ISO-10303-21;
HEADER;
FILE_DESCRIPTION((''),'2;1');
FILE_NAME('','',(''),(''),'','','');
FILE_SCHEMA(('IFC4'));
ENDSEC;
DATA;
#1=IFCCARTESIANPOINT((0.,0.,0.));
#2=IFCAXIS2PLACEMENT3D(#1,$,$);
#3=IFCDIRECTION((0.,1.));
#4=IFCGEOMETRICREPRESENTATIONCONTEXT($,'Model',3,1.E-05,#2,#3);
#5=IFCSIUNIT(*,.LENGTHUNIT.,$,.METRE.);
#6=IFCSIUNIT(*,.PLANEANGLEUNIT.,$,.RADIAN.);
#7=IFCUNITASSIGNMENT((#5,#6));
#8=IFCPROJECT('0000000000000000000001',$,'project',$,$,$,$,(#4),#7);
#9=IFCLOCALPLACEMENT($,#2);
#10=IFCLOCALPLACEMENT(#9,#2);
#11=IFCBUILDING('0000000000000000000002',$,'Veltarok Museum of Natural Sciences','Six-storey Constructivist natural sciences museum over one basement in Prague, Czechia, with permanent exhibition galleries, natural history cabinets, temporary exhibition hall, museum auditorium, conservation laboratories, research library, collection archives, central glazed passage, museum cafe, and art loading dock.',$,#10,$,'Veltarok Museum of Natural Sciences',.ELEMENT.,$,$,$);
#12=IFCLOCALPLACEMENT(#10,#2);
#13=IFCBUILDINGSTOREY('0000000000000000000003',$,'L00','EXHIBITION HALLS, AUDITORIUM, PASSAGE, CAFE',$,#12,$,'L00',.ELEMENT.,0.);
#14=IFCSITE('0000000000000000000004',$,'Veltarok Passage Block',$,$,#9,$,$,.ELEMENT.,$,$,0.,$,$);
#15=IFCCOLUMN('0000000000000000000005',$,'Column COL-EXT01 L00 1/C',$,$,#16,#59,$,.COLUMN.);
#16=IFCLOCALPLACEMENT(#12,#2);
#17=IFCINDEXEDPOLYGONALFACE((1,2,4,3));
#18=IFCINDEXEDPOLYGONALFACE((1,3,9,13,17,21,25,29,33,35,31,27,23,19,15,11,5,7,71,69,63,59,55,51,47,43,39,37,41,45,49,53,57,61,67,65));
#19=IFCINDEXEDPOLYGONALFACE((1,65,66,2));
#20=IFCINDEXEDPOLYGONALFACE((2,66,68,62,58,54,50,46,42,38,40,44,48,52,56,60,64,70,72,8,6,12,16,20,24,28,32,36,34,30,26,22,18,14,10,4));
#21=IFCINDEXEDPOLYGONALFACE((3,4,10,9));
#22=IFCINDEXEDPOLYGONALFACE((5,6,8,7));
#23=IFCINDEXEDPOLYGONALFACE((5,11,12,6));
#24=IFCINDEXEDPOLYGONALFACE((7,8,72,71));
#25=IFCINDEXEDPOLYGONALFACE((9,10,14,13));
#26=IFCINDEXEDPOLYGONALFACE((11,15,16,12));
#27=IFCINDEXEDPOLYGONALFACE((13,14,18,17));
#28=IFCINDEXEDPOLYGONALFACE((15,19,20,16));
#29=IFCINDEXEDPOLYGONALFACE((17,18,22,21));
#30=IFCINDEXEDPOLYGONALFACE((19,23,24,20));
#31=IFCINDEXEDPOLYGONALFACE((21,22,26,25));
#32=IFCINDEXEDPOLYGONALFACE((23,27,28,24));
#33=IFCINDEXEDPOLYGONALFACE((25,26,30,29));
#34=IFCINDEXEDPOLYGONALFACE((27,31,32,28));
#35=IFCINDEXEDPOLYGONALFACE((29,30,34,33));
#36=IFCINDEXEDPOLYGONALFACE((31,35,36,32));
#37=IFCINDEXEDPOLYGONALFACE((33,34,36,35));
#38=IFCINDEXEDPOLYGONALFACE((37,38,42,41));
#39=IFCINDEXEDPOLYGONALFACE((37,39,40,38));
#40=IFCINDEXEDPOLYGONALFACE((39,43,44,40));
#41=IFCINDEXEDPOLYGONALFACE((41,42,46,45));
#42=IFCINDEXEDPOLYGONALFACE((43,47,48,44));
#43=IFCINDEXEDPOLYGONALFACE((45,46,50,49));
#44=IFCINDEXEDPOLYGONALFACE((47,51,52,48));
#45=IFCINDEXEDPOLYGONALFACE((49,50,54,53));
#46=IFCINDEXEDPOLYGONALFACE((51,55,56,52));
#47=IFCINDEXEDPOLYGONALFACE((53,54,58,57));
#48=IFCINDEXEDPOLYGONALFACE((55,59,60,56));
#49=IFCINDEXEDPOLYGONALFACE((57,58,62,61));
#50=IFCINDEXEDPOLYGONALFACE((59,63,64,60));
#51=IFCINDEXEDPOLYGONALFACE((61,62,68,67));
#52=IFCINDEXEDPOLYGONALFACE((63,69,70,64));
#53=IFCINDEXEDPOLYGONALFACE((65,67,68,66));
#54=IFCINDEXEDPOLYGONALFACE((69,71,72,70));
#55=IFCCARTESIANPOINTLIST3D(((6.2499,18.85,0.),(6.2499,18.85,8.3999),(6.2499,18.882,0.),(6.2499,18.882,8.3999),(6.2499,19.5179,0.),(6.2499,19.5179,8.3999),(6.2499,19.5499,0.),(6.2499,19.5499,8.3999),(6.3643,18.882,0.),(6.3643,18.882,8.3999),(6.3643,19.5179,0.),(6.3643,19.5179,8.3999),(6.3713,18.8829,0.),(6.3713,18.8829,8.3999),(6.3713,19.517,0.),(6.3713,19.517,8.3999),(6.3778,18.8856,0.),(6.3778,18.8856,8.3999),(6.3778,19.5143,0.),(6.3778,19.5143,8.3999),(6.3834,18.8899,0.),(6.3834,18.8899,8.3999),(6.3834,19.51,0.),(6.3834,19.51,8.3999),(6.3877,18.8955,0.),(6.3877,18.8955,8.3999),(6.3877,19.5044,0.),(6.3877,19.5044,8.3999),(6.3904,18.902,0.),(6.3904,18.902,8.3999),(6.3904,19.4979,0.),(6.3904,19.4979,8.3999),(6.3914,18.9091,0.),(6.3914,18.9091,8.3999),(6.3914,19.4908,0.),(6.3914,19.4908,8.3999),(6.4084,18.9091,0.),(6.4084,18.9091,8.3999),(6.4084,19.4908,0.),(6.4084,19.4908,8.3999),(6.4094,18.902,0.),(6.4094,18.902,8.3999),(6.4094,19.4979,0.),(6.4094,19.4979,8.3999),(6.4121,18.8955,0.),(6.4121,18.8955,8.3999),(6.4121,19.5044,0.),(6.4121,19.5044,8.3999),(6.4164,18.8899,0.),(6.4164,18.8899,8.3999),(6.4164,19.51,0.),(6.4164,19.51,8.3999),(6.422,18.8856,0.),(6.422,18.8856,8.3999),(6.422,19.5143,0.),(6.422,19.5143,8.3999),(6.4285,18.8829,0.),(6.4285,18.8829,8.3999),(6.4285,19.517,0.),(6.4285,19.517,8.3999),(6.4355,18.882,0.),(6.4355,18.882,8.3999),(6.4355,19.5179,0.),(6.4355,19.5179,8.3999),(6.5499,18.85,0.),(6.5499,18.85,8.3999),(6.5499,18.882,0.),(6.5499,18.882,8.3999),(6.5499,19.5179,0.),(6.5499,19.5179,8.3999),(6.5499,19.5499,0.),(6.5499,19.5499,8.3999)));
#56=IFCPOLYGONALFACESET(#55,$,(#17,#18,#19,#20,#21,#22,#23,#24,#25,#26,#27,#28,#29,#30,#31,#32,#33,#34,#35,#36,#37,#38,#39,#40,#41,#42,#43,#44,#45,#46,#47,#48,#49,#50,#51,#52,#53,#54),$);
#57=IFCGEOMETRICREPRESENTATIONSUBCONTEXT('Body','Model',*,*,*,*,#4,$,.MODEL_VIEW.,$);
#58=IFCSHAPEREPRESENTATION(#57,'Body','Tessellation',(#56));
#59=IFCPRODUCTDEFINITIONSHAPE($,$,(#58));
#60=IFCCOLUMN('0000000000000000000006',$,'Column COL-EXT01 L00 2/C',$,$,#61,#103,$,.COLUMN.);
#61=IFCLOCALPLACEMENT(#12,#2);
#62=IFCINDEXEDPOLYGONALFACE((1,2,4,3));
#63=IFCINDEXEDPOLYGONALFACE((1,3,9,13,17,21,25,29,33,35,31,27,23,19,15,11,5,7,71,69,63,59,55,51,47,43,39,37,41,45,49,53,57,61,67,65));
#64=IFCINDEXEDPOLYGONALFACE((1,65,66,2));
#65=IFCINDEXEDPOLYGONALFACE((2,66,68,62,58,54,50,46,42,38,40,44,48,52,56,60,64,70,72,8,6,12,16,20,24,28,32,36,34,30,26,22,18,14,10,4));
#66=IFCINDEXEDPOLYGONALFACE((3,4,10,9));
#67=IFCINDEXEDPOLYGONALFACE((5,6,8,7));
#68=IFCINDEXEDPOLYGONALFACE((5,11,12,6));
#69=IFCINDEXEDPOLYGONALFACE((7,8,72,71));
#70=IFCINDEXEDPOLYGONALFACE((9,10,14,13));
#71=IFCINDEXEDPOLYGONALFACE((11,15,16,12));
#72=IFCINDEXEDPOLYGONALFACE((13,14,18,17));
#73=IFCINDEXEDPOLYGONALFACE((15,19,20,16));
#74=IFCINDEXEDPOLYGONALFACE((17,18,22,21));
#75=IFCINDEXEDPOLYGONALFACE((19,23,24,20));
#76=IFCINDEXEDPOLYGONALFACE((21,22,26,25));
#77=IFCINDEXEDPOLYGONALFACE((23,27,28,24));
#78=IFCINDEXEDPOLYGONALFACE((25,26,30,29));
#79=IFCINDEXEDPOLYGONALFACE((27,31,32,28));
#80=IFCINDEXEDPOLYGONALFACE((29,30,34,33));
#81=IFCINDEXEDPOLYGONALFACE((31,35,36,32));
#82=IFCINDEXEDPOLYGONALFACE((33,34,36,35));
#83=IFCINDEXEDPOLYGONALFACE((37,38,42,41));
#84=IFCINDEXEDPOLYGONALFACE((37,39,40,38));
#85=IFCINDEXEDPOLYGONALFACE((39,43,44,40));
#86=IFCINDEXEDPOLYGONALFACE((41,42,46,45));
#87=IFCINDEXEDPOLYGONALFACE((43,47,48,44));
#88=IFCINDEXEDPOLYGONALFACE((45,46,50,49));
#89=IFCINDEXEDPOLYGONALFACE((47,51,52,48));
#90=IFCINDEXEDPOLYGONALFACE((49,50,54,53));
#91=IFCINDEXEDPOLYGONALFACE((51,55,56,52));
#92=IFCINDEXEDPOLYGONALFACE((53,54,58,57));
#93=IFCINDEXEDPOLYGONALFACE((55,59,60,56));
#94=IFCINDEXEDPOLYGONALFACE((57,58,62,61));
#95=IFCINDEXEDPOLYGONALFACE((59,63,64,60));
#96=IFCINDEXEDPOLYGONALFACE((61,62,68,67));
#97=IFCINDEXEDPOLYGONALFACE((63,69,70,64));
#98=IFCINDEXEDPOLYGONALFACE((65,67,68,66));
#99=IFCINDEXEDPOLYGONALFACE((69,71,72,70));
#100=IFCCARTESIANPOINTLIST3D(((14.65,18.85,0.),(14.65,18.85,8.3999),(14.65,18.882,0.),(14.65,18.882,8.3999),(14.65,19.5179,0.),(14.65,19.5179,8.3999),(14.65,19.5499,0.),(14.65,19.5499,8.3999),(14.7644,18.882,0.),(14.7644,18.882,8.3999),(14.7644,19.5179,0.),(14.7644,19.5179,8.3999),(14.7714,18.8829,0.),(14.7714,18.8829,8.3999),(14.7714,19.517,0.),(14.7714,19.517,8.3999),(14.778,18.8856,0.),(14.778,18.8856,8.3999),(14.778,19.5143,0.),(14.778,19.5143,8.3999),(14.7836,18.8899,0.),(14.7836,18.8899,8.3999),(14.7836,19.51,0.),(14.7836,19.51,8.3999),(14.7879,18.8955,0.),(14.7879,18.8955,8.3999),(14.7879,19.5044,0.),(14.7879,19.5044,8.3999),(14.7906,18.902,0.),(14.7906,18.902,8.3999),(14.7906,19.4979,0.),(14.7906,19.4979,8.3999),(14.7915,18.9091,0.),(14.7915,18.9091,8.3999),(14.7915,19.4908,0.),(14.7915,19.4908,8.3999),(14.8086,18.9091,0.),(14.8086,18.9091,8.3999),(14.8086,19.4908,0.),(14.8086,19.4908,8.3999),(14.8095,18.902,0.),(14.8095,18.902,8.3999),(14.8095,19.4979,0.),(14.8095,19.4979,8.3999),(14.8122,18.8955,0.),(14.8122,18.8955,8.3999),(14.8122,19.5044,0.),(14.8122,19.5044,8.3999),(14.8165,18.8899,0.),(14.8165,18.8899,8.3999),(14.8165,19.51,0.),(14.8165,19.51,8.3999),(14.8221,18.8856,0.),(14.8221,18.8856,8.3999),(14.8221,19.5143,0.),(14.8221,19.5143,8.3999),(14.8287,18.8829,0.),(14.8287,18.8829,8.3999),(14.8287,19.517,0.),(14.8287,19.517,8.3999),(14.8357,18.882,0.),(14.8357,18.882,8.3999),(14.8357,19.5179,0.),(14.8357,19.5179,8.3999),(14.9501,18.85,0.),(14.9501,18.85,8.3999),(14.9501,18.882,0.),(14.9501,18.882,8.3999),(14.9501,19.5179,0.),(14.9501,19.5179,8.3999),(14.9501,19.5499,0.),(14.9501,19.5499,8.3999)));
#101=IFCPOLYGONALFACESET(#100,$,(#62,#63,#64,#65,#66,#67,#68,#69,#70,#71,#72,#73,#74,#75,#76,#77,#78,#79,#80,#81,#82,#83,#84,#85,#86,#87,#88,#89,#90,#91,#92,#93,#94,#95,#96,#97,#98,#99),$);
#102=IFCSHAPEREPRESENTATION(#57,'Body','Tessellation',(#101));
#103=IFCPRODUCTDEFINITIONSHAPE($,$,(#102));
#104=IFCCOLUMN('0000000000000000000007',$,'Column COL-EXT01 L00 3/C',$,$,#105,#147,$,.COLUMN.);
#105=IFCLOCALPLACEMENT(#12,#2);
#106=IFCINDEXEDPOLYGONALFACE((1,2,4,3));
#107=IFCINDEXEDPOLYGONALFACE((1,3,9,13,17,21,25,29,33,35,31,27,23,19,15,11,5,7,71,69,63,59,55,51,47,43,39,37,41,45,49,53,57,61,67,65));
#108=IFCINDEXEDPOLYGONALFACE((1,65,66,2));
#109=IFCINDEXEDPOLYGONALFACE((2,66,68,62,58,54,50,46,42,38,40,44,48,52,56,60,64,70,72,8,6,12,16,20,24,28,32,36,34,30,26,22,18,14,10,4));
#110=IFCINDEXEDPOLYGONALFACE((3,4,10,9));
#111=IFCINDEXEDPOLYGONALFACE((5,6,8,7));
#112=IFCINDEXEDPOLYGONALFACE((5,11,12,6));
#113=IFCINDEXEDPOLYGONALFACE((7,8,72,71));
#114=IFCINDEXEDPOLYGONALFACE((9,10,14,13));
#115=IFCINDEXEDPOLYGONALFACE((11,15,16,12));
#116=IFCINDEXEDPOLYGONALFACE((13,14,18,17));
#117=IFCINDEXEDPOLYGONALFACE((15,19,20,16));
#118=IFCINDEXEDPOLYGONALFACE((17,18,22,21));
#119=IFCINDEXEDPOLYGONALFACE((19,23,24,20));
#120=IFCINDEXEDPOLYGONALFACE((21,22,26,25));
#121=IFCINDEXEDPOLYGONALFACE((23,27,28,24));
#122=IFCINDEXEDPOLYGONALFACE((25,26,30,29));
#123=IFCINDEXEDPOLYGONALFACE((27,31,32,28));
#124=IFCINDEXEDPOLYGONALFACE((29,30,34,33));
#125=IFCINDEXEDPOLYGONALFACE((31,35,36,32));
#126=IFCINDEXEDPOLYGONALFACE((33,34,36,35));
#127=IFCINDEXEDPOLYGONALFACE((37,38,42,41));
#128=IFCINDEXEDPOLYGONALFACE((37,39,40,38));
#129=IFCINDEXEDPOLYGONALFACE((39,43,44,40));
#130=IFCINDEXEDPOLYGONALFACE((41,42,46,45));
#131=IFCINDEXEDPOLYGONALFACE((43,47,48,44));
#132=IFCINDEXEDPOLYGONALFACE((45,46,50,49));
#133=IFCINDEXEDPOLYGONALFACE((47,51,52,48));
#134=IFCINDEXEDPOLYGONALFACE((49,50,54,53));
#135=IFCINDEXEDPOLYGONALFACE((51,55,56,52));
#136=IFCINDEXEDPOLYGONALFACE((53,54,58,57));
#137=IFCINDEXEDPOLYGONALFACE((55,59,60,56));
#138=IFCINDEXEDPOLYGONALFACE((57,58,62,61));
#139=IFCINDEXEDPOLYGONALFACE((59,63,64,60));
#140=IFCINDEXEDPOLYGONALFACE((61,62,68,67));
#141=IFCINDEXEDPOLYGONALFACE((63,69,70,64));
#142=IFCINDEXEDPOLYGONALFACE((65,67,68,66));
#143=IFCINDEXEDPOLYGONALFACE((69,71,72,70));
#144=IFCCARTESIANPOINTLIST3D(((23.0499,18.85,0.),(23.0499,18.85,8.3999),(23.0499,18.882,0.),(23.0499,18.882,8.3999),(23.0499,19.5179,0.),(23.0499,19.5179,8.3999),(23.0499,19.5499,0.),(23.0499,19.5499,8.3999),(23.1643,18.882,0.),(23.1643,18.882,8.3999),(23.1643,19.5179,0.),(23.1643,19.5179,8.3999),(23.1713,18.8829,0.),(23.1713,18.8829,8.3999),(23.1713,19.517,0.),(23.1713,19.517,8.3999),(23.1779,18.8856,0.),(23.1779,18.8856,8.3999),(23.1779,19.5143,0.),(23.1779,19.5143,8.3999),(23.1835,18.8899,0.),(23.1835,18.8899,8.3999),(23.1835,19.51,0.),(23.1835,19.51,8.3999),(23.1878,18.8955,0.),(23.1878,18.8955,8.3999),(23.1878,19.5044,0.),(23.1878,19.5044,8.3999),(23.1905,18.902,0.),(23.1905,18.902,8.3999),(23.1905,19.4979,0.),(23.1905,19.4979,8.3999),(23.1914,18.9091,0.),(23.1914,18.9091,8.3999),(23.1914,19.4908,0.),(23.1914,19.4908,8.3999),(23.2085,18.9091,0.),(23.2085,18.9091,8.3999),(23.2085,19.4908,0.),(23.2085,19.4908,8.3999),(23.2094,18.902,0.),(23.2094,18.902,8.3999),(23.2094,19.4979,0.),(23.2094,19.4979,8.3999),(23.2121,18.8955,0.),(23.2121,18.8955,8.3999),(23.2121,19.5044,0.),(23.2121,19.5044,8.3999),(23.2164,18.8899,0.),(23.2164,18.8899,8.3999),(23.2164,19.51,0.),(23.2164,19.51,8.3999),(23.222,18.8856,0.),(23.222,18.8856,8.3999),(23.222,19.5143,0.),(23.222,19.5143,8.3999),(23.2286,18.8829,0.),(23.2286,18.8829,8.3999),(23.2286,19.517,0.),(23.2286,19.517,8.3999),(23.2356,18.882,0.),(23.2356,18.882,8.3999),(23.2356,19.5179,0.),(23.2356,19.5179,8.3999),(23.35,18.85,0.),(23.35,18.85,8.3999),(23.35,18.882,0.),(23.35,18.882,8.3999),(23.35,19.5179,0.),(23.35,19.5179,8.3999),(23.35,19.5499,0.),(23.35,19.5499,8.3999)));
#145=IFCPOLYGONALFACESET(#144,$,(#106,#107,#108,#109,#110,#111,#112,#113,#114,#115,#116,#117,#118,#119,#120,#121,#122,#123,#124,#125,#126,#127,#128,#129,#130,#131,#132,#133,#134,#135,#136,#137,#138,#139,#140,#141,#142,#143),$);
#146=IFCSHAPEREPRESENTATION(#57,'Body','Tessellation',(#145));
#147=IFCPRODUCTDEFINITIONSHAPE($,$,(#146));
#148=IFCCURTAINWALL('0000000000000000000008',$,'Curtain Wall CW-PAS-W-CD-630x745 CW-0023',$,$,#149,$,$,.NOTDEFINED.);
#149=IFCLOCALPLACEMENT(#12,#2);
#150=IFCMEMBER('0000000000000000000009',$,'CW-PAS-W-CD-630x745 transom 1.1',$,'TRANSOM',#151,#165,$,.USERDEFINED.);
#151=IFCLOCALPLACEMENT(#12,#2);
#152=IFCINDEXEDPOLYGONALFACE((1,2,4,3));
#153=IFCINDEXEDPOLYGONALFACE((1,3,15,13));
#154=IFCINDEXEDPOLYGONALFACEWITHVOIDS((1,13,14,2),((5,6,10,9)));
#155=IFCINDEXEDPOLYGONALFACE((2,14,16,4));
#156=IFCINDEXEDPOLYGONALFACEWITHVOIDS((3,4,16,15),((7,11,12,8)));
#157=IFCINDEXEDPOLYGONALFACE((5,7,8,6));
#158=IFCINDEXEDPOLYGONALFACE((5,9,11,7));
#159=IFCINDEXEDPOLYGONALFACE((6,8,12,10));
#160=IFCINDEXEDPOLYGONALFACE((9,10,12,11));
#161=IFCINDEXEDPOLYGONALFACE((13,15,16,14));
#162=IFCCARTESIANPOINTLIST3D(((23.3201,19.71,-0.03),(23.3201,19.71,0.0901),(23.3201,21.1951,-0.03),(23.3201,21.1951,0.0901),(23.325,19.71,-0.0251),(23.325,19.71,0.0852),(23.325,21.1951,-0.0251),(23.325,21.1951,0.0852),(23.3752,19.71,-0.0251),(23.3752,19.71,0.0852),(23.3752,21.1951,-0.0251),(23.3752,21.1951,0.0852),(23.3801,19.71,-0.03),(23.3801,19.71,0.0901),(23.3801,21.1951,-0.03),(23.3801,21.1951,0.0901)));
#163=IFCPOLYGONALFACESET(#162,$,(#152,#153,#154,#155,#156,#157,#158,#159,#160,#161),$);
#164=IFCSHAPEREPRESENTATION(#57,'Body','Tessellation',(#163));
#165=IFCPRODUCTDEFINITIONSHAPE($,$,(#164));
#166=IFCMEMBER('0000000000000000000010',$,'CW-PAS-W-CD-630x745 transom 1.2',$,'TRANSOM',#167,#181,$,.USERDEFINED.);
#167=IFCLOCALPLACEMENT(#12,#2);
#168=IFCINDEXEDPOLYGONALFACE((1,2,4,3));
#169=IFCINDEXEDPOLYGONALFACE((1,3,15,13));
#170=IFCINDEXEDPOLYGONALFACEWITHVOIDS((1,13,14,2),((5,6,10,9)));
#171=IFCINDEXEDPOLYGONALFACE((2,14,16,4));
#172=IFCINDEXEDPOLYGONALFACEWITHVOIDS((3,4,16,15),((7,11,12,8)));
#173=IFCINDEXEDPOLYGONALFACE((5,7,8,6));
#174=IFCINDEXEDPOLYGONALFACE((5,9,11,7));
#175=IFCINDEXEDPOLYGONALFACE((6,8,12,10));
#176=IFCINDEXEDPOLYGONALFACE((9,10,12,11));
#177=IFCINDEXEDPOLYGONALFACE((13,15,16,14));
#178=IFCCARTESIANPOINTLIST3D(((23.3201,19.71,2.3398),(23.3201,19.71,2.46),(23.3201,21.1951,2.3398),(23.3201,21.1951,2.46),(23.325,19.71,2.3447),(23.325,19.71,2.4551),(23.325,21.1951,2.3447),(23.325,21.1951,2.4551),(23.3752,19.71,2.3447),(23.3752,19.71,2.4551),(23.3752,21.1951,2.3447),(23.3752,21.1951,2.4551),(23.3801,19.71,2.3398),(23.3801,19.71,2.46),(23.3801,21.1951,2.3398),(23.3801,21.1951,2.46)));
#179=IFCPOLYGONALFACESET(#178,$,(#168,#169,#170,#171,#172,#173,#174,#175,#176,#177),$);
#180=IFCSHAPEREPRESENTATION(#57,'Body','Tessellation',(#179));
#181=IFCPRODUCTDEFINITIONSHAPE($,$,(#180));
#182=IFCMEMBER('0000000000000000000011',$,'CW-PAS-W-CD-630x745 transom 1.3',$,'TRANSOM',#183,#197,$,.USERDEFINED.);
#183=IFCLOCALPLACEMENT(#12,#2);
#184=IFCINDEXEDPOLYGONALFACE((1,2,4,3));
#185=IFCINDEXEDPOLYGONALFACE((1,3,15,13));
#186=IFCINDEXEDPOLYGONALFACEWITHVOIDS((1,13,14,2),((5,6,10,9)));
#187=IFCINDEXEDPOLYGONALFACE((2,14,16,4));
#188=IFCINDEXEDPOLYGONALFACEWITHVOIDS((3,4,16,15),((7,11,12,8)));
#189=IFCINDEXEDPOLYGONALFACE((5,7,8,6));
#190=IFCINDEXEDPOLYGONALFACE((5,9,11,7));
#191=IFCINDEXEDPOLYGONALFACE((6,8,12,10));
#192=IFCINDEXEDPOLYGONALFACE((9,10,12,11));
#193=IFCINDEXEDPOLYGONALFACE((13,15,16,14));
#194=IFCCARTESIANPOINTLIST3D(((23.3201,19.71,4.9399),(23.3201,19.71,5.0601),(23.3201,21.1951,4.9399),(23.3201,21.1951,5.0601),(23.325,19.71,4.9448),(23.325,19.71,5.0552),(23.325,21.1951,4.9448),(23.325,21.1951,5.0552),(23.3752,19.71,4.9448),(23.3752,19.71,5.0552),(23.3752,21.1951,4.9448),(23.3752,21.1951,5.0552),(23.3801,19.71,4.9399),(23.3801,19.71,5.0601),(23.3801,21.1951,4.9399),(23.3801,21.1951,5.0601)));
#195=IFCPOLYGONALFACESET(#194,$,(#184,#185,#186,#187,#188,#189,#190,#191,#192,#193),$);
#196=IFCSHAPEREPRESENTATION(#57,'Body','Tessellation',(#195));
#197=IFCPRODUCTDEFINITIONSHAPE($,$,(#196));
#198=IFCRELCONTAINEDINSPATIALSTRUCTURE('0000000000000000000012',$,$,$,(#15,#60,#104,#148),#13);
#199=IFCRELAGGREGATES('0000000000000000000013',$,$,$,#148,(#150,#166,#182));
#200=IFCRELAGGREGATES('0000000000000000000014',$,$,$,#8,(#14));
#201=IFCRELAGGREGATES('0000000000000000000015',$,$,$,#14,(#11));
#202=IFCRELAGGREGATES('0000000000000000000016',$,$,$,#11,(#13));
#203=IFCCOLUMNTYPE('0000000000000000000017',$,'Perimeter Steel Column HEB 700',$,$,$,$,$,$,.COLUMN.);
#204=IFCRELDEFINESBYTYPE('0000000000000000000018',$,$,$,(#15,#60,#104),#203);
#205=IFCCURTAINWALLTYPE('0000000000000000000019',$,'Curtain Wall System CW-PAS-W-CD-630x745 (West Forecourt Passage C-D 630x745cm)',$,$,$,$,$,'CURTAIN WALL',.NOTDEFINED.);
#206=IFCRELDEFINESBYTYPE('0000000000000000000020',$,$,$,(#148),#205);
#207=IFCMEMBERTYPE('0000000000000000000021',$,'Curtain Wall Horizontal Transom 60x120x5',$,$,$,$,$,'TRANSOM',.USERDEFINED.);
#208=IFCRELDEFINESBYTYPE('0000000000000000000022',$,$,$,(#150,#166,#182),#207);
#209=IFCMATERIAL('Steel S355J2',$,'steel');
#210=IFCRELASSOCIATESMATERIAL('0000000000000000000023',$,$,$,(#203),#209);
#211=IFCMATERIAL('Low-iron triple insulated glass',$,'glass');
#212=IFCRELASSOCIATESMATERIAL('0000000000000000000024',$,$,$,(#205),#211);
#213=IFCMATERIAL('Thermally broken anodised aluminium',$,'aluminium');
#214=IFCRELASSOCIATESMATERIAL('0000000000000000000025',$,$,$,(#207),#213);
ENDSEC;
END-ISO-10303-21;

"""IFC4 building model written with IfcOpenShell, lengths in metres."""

from ifc_helpers import new_model, si_unit, direction, frame, origin, origin_2d, place, context, subcontext, project, spatial, hollow_rectangle, i_section, extrude, material, material_profile, profile_set, type_object, element, aggregate, save


model = new_model("IFC4")

# Units and contexts
model_context = context("Model", 3, precision=1e-05, world=origin(), true_north=direction((0.0, 1.0)))
body_context = subcontext(model_context, "Body", "Model", "MODEL_VIEW")
ifc_project = project(units=[si_unit("LENGTHUNIT", "METRE"), si_unit("PLANEANGLEUNIT", "RADIAN")], contexts=[model_context])

# Site, building, storey
site_placement = place(None, origin())
site = spatial("IfcSite", under=ifc_project, at=site_placement, Name="Veltarok Passage Block", CompositionType="ELEMENT", RefElevation=0.0)
building_placement = place(site_placement, origin())
building = spatial("IfcBuilding", under=site, at=building_placement, Name="Veltarok Museum of Natural Sciences", Description="Six-storey Constructivist natural sciences museum over one basement in Prague, Czechia, with permanent exhibition galleries, natural history cabinets, temporary exhibition hall, museum auditorium, conservation laboratories, research library, collection archives, central glazed passage, museum cafe, and art loading dock.", LongName="Veltarok Museum of Natural Sciences", CompositionType="ELEMENT")
storey_placement = place(building_placement, origin())
storey = spatial("IfcBuildingStorey", under=building, at=storey_placement, Name="L00", Description="EXHIBITION HALLS, AUDITORIUM, PASSAGE, CAFE", LongName="L00", CompositionType="ELEMENT", Elevation=0.0)

# Columns
ifc_material_1 = material(Name="Steel S355J2", Category="steel")
ifc_material_profile_1 = material_profile(ifc_material_1, i_section(OverallWidth=0.3, OverallDepth=0.7, WebThickness=0.0171, FlangeThickness=0.032, FilletRadius=0.0271, at=origin_2d()), Name="HEB 700")
ifc_profile_set_1 = profile_set([ifc_material_profile_1], Name="Steel S355J2")
column_type = type_object("IfcColumnType", Name="Perimeter Steel Column HEB 700", PredefinedType="COLUMN", material=ifc_profile_set_1)
for number, where, z_axis, x_axis, name in (
    (1, (6.3999, 19.2, 0.0), (0.0, 0.0, 1.0), (1.0, 0.0, 0.0), "Column COL-EXT01 L00 1/C"),
    (2, (14.8, 19.2, 0.0), (0.0, 0.0, 1.0), (1.0, 0.0, 0.0), "Column COL-EXT01 L00 2/C"),
    (3, (23.2, 19.2, 0.0), (0.0, 0.0, 1.0), (1.0, 0.0, 0.0), "Column COL-EXT01 L00 3/C"),
):
    element("IfcColumn", number, at=place(storey_placement, frame(where, z_axis=z_axis, x_axis=x_axis)), inside=storey, type_object=column_type, Name=name, PredefinedType="COLUMN", context=body_context, shape_type="SweptSolid", body=[
        extrude(i_section(OverallWidth=0.3, OverallDepth=0.7, WebThickness=0.0171, FlangeThickness=0.032, FilletRadius=0.0271, at=origin_2d()), origin(), (0.0, 0.0, 1.0), 8.3999),
    ])

# Curtain wall, members
ifc_material_2 = material(Name="Low-iron triple insulated glass", Category="glass")
curtain_wall_type_1 = type_object("IfcCurtainWallType", Name="Curtain Wall System CW-PAS-W-CD-630x745 (West Forecourt Passage C-D 630x745cm)", ElementType="CURTAIN WALL", PredefinedType="NOTDEFINED", material=ifc_material_2)
curtain_wall_1_placement = place(storey_placement, origin())
curtain_wall_1 = element("IfcCurtainWall", 4, at=curtain_wall_1_placement, inside=storey, type_object=curtain_wall_type_1, Name="Curtain Wall CW-PAS-W-CD-630x745 CW-0023", PredefinedType="NOTDEFINED")
ifc_material_3 = material(Name="Thermally broken anodised aluminium", Category="aluminium")
ifc_material_profile_2 = material_profile(ifc_material_3, hollow_rectangle(XDim=0.0601, YDim=0.1201, WallThickness=0.0049, at=origin_2d()), Name="CW TRANSOM 60x120x5")
ifc_profile_set_2 = profile_set([ifc_material_profile_2], Name="Thermally broken anodised aluminium")
member_type_1 = type_object("IfcMemberType", Name="Curtain Wall Horizontal Transom 60x120x5", ElementType="TRANSOM", PredefinedType="USERDEFINED", material=ifc_profile_set_2)
member_1_placement = place(storey_placement, frame((23.3501, 19.71, 0.03), z_axis=(0.0, 1.0, 0.0), x_axis=(-1.0, 0.0, 0.0)))
member_1 = element("IfcMember", 5, at=member_1_placement, type_object=member_type_1, Name="CW-PAS-W-CD-630x745 transom 1.1", ObjectType="TRANSOM", PredefinedType="USERDEFINED", context=body_context, shape_type="SweptSolid", body=[
    extrude(hollow_rectangle(XDim=0.0601, YDim=0.1201, WallThickness=0.0049, at=origin_2d()), origin(), (0.0, 0.0, 1.0), 1.4851),
])
member_2_placement = place(storey_placement, frame((23.3501, 19.71, 2.3999), z_axis=(0.0, 1.0, 0.0), x_axis=(-1.0, 0.0, 0.0)))
member_2 = element("IfcMember", 6, at=member_2_placement, type_object=member_type_1, Name="CW-PAS-W-CD-630x745 transom 1.2", ObjectType="TRANSOM", PredefinedType="USERDEFINED", context=body_context, shape_type="SweptSolid", body=[
    extrude(hollow_rectangle(XDim=0.0601, YDim=0.1201, WallThickness=0.0049, at=origin_2d()), origin(), (0.0, 0.0, 1.0), 1.4851),
])
member_3_placement = place(storey_placement, frame((23.3501, 19.71, 5.0), z_axis=(0.0, 1.0, 0.0), x_axis=(-1.0, 0.0, 0.0)))
member_3 = element("IfcMember", 7, at=member_3_placement, type_object=member_type_1, Name="CW-PAS-W-CD-630x745 transom 1.3", ObjectType="TRANSOM", PredefinedType="USERDEFINED", context=body_context, shape_type="SweptSolid", body=[
    extrude(hollow_rectangle(XDim=0.0601, YDim=0.1201, WallThickness=0.0049, at=origin_2d()), origin(), (0.0, 0.0, 1.0), 1.4851),
])

aggregate(curtain_wall_1, [member_1, member_2, member_3])

save(model, "model.ifc")
